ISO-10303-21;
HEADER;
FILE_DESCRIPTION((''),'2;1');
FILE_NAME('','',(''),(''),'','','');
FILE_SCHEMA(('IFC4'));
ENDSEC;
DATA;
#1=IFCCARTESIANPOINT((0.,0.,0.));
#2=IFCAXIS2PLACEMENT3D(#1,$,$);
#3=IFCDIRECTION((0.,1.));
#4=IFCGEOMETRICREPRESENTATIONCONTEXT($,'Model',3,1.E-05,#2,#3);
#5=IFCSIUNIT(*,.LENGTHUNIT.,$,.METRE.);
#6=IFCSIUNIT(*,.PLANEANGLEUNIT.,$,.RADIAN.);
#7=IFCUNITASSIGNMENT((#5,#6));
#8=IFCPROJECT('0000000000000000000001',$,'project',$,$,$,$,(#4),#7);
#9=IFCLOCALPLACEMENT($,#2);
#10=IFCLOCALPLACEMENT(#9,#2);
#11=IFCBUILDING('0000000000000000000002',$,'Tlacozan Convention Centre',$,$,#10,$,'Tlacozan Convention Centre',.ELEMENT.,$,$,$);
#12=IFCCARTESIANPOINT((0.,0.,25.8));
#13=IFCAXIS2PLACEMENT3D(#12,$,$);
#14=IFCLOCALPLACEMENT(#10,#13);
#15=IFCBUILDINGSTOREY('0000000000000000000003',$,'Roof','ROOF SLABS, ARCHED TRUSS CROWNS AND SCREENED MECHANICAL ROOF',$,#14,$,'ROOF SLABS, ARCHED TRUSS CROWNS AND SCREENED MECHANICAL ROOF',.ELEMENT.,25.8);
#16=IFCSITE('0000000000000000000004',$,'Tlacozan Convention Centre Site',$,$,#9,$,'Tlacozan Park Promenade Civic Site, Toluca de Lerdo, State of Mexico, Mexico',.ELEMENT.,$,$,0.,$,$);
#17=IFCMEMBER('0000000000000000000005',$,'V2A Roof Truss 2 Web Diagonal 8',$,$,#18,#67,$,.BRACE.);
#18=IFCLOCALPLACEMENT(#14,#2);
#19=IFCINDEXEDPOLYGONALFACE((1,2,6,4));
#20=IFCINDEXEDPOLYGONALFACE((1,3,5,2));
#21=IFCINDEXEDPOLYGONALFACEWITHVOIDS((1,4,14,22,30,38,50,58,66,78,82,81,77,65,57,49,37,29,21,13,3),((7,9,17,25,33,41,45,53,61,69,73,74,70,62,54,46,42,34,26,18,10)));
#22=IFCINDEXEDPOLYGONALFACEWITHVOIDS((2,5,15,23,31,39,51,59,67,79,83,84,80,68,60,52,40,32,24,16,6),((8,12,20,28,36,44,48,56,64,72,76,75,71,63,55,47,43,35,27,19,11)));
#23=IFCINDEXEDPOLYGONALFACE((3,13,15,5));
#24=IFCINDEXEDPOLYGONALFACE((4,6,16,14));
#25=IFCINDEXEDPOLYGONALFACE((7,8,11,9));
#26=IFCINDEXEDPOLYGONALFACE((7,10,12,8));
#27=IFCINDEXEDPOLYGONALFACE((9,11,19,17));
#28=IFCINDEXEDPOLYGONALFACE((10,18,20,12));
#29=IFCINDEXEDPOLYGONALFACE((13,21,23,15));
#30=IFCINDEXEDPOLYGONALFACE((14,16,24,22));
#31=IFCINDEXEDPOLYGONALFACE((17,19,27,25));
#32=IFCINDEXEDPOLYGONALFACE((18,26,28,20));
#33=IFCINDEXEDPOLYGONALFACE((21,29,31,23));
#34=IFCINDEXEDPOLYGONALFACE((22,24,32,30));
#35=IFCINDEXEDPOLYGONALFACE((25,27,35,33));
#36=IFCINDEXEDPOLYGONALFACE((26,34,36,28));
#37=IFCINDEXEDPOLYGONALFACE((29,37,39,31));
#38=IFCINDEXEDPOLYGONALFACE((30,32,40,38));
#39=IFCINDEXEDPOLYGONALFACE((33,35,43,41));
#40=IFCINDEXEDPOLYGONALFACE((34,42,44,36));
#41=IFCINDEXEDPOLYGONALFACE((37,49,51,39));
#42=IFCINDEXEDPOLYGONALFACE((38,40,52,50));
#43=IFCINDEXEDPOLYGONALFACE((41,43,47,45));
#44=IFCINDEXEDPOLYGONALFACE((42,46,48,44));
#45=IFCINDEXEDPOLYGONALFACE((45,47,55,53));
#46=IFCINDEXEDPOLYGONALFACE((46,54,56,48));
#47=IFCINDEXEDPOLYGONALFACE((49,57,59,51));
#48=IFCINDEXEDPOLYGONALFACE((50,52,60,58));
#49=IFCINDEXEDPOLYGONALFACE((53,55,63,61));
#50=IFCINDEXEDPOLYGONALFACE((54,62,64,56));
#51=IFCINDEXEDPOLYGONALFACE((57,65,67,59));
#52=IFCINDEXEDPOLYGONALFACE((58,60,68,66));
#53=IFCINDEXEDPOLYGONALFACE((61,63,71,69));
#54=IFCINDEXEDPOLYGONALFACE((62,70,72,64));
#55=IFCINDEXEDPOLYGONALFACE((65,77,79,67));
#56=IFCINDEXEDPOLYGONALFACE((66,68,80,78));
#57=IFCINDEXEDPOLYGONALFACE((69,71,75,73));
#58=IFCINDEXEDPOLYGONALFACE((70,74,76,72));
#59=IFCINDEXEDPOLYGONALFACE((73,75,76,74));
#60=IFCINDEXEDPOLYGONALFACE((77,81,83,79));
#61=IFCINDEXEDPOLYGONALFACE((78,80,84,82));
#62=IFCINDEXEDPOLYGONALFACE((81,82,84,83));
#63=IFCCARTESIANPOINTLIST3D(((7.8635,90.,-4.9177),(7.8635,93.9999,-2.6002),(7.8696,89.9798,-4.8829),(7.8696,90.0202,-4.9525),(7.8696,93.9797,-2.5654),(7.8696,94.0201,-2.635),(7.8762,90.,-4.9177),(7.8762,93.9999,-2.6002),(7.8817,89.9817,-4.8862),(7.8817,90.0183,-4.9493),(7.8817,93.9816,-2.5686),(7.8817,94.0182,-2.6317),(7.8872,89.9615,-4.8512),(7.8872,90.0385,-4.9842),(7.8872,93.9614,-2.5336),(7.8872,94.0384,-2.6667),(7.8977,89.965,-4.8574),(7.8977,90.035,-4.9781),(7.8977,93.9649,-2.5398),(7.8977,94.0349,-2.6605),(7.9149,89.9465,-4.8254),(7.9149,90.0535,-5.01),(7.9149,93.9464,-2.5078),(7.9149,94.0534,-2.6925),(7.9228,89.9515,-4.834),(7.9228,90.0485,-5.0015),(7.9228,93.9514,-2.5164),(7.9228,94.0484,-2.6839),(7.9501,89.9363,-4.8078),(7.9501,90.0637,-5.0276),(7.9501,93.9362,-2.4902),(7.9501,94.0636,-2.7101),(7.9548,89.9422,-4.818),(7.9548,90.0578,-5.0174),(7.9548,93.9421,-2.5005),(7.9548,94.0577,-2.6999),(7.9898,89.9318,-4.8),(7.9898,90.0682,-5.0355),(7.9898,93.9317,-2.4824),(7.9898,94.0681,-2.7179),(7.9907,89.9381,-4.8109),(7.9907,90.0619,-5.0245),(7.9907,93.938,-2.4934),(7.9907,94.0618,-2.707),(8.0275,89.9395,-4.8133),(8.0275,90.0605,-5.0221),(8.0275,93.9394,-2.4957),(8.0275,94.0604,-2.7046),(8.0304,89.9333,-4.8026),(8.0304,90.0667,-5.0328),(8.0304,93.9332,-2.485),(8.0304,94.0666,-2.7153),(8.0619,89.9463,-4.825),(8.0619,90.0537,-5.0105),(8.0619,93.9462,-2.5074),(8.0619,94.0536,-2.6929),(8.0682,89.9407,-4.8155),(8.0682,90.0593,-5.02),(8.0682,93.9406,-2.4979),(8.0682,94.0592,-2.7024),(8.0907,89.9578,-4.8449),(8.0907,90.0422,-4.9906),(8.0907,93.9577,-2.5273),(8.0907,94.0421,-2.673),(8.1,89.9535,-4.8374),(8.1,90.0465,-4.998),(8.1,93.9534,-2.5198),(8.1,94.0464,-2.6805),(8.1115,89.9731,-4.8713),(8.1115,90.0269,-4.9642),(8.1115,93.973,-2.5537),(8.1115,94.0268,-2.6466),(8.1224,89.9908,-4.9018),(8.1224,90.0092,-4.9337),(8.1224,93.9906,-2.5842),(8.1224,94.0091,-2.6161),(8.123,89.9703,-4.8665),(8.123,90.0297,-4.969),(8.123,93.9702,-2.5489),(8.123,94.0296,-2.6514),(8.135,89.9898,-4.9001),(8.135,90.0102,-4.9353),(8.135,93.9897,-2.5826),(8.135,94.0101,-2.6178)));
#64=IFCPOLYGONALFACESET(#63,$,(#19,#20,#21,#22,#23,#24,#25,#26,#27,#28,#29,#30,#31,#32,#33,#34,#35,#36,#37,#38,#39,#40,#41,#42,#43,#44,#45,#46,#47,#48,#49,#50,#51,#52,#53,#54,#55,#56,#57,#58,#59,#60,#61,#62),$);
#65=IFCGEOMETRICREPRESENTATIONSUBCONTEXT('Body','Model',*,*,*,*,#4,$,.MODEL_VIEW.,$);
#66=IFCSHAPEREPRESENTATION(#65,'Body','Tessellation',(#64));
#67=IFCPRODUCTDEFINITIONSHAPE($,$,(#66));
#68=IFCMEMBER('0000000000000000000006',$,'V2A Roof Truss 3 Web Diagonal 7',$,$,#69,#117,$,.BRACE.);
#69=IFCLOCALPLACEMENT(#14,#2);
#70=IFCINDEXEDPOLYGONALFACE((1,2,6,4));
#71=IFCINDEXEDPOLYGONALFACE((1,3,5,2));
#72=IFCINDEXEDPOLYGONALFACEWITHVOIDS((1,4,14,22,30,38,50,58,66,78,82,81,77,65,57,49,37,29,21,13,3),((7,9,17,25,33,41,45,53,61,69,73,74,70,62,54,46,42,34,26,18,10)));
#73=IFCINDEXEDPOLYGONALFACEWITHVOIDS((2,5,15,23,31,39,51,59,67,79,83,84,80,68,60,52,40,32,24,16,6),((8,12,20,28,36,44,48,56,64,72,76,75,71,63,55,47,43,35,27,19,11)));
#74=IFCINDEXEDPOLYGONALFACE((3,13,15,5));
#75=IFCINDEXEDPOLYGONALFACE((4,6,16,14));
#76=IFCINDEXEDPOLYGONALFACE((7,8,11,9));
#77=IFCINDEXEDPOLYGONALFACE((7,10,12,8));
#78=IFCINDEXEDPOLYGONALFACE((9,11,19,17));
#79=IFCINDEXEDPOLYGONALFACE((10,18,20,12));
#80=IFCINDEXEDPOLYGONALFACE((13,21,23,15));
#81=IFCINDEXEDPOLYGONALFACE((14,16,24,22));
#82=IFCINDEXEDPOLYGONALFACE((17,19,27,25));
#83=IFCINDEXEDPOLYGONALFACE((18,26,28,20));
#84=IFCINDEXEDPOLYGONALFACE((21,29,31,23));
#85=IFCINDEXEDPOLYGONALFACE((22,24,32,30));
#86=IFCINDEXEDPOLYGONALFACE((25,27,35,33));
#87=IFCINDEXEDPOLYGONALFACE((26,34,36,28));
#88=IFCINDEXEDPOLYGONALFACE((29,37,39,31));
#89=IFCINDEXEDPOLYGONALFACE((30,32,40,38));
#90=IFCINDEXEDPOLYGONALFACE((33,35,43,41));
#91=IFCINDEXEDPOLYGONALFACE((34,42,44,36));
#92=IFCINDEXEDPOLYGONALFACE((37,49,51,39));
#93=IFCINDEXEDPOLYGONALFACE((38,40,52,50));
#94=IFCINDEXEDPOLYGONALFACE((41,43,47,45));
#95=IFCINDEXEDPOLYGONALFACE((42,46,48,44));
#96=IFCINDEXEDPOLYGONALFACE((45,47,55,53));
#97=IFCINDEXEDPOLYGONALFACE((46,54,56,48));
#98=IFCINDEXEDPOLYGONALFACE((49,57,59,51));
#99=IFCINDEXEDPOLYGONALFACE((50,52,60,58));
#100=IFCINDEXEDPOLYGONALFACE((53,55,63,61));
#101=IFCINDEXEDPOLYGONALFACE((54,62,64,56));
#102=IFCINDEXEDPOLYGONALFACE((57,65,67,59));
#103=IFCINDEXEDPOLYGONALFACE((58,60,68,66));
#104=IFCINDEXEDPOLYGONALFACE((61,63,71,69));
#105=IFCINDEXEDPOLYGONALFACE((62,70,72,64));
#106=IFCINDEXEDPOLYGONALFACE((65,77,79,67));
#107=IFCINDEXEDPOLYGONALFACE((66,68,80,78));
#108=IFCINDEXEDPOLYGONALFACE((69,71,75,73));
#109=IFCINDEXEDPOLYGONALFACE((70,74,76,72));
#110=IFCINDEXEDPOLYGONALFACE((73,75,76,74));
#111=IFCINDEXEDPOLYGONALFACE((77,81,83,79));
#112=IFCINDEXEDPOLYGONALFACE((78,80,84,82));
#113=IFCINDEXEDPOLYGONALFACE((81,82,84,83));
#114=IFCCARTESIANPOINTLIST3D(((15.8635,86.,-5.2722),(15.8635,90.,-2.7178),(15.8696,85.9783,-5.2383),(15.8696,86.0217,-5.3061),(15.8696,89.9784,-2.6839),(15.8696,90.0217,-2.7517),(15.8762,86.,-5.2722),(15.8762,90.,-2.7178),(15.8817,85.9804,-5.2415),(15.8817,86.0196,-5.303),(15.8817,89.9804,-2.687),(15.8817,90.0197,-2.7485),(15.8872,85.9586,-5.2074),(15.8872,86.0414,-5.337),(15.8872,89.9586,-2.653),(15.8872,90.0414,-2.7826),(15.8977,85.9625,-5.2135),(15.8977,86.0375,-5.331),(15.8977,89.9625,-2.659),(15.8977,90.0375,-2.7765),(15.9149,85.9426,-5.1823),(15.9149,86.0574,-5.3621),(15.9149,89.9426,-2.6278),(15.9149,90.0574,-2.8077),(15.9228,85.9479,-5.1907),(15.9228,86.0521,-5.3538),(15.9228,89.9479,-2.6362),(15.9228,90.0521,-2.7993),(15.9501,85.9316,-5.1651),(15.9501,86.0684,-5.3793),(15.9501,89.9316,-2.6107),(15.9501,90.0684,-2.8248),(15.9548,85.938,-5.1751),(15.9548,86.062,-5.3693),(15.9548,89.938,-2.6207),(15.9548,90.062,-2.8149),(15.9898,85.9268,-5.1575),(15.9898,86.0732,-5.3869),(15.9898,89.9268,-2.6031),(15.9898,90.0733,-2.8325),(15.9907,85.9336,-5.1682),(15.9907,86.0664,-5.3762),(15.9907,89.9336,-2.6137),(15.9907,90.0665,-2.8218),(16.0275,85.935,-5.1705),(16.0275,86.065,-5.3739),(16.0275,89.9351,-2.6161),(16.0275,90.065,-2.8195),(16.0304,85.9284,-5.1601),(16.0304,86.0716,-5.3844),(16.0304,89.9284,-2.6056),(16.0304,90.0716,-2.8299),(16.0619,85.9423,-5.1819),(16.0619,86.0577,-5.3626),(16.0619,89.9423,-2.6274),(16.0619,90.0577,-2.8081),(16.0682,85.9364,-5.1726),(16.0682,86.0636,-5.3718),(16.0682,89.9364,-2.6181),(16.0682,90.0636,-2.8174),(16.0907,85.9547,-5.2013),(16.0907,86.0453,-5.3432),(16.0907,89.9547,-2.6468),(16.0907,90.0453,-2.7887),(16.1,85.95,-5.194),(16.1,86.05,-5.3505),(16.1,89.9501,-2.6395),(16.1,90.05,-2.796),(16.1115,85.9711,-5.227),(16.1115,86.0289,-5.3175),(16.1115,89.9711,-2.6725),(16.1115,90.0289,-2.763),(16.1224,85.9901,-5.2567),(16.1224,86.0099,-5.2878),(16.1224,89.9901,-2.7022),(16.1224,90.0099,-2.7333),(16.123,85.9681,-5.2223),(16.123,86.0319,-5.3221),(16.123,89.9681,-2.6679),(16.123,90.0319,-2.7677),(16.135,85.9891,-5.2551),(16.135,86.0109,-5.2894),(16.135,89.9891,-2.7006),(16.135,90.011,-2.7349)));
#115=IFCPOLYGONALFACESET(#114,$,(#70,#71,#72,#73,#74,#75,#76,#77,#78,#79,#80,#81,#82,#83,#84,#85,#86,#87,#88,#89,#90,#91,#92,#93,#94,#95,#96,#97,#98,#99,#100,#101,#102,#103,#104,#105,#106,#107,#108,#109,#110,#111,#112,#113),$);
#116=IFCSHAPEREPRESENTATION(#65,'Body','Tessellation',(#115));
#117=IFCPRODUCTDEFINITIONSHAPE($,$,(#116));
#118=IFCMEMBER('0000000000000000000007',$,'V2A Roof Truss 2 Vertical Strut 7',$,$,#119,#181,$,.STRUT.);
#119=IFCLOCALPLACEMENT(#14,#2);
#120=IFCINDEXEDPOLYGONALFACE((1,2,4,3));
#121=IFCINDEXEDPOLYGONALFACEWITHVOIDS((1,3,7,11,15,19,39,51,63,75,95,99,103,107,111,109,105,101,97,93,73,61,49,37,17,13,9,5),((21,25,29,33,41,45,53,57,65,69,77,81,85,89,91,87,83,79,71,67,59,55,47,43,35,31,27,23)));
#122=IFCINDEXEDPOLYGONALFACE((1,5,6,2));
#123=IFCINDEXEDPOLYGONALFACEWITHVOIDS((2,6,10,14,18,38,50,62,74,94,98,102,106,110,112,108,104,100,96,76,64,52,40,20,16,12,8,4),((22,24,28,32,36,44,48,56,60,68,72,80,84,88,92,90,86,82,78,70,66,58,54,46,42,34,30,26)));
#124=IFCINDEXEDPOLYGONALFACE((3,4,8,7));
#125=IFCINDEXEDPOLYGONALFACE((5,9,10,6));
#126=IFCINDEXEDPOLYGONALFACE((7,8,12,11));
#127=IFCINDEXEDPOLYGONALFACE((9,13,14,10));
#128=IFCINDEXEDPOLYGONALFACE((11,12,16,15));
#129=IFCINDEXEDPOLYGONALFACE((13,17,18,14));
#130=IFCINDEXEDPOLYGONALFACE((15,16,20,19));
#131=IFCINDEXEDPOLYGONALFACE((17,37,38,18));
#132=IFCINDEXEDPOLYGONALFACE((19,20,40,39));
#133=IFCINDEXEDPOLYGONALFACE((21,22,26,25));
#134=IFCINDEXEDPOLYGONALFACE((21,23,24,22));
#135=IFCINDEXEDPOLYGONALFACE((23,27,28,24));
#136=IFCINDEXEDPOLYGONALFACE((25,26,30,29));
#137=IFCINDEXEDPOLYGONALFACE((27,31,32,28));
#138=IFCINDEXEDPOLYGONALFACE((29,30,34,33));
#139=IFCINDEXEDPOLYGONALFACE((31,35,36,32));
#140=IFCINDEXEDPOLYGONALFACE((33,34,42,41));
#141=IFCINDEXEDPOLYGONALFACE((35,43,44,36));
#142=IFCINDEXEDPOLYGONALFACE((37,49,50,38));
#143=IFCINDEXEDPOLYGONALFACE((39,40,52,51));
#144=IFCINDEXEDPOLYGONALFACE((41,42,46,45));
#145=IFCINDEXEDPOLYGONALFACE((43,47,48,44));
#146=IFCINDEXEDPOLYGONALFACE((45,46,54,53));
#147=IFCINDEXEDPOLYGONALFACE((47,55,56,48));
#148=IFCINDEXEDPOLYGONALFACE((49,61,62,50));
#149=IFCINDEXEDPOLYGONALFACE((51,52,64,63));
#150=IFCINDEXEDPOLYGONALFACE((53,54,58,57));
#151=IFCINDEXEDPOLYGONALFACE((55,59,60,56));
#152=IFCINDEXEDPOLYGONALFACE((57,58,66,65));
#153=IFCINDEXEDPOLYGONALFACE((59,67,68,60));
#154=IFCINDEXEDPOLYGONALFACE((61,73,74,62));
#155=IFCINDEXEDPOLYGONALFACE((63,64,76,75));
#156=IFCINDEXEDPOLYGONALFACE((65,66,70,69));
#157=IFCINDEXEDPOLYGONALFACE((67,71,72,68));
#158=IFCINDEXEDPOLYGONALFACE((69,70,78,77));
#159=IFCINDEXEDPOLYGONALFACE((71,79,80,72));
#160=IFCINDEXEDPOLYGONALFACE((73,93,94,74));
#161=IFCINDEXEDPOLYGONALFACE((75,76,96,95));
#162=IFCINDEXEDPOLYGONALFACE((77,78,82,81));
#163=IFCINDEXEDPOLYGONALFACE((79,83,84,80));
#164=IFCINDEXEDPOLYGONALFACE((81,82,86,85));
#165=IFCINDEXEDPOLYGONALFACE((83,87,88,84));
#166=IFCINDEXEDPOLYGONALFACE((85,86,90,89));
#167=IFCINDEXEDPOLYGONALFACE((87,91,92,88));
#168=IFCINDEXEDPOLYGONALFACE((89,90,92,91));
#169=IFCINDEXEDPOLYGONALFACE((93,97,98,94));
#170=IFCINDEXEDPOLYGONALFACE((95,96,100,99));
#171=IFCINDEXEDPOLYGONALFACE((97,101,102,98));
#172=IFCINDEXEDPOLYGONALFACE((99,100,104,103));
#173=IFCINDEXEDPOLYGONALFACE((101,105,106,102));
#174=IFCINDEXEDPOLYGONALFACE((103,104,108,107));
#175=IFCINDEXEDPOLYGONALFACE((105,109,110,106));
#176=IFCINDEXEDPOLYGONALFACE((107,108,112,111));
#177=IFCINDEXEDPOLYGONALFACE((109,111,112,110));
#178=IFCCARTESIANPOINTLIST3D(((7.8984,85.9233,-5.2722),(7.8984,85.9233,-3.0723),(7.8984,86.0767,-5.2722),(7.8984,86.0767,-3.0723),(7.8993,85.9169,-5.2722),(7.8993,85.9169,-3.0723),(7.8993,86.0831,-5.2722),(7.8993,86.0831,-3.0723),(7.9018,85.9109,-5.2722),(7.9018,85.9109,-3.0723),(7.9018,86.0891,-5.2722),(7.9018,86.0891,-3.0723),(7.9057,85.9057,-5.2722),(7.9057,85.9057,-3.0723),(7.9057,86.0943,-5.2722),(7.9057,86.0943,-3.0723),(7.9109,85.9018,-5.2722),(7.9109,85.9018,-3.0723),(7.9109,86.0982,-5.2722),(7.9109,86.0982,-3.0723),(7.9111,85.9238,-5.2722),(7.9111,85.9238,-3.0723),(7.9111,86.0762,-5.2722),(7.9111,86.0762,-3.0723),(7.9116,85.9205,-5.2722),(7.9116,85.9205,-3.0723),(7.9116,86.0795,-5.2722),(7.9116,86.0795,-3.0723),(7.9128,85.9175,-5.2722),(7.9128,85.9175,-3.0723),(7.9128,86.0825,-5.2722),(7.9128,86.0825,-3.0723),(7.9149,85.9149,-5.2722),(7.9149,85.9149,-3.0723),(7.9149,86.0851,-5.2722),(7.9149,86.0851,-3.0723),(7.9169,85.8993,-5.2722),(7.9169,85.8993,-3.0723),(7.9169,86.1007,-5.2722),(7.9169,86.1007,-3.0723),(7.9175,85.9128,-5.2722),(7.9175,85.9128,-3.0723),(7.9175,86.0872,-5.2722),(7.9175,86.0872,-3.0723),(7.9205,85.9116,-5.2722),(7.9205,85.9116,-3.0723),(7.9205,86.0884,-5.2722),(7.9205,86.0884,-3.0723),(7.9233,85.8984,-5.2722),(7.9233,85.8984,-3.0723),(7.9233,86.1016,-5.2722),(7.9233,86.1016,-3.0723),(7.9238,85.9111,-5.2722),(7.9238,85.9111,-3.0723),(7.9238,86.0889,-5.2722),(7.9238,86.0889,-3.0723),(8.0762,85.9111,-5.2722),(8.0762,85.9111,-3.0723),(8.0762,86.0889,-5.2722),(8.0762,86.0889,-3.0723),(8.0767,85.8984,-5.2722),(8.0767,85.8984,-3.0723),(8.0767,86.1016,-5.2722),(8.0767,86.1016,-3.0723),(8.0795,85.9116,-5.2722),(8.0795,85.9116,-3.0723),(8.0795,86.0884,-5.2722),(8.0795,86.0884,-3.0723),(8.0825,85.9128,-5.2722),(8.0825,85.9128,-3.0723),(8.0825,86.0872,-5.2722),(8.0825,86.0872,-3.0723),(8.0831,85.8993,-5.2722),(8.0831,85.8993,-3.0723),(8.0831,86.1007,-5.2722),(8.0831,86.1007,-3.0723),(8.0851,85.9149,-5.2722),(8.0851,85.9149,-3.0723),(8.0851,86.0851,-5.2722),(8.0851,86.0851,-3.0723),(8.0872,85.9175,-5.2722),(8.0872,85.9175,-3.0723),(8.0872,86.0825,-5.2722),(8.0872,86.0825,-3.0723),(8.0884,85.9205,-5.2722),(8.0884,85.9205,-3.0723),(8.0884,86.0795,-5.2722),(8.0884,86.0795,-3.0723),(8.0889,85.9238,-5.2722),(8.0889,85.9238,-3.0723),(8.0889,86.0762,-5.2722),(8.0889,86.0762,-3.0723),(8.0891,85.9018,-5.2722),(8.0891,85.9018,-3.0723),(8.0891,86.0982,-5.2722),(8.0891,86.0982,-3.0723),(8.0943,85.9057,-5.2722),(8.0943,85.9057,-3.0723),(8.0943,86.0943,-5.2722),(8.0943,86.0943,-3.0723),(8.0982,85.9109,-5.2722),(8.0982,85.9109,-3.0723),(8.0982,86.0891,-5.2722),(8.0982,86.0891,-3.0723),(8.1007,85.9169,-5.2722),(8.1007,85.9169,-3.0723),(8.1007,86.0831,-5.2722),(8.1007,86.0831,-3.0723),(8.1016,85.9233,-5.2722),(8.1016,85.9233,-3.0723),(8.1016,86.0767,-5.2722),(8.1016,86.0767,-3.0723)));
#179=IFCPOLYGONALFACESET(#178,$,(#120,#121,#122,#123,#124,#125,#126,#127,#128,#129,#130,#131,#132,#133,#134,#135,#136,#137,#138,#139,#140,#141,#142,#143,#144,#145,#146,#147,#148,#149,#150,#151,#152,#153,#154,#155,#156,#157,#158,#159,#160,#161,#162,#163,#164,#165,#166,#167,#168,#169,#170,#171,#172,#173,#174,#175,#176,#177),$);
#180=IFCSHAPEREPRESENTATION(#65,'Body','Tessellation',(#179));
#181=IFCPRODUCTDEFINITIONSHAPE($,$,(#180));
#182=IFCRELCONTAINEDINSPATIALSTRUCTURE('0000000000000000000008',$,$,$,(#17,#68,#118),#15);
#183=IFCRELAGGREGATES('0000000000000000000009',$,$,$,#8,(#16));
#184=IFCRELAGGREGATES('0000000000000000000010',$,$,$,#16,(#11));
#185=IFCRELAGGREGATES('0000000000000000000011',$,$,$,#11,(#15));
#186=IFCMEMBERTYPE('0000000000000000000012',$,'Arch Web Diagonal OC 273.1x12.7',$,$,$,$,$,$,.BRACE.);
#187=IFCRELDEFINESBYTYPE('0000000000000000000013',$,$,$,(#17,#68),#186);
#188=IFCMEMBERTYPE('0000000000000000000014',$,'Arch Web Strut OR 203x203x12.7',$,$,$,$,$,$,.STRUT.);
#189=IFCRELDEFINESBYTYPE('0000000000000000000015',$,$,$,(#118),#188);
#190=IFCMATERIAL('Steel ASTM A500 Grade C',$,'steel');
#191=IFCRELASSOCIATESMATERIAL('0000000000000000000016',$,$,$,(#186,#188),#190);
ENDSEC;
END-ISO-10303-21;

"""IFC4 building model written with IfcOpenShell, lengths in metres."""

from ifc_helpers import new_model, si_unit, direction, frame, origin, origin_2d, place, context, subcontext, project, spatial, hollow_rectangle, hollow_circle, extrude, material, material_profile, profile_set, type_object, element, save


model = new_model("IFC4")

# Units and contexts
model_context = context("Model", 3, precision=1e-05, world=origin(), true_north=direction((0.0, 1.0)))
body_context = subcontext(model_context, "Body", "Model", "MODEL_VIEW")
ifc_project = project(units=[si_unit("LENGTHUNIT", "METRE"), si_unit("PLANEANGLEUNIT", "RADIAN")], contexts=[model_context])

# Site, building, storey
site_placement = place(None, origin())
site = spatial("IfcSite", under=ifc_project, at=site_placement, Name="Tlacozan Convention Centre Site", LongName="Tlacozan Park Promenade Civic Site, Toluca de Lerdo, State of Mexico, Mexico", CompositionType="ELEMENT", RefElevation=0.0)
building_placement = place(site_placement, origin())
building = spatial("IfcBuilding", under=site, at=building_placement, Name="Tlacozan Convention Centre", LongName="Tlacozan Convention Centre", CompositionType="ELEMENT")
storey_placement = place(building_placement, frame((0.0, 0.0, 25.8)))
storey = spatial("IfcBuildingStorey", under=building, at=storey_placement, Name="Roof", Description="ROOF SLABS, ARCHED TRUSS CROWNS AND SCREENED MECHANICAL ROOF", LongName="ROOF SLABS, ARCHED TRUSS CROWNS AND SCREENED MECHANICAL ROOF", CompositionType="ELEMENT", Elevation=25.8)

# Members
ifc_material_1 = material(Name="Steel ASTM A500 Grade C", Category="steel")
ifc_material_profile_1 = material_profile(ifc_material_1, hollow_circle(Radius=0.1365, WallThickness=0.0127, at=origin_2d()), Name="OC 273.1x12.7")
ifc_profile_set_1 = profile_set([ifc_material_profile_1], Name="Steel ASTM A500 Grade C")
member_type_1 = type_object("IfcMemberType", Name="Arch Web Diagonal OC 273.1x12.7", PredefinedType="BRACE", material=ifc_profile_set_1)
member_1_placement = place(storey_placement, frame((8.0, 90.0, -4.9177), z_axis=(0.0, 0.865254, 0.501334), x_axis=(-1.0, 0.0, 0.0)))
element("IfcMember", 1, at=member_1_placement, inside=storey, type_object=member_type_1, Name="V2A Roof Truss 2 Web Diagonal 8", PredefinedType="BRACE", context=body_context, shape_type="SweptSolid", body=[
    extrude(hollow_circle(Radius=0.1365, WallThickness=0.0127, at=origin_2d()), origin(), (0.0, 0.0, 1.0), 4.6228),
])
member_2_placement = place(storey_placement, frame((16.0, 86.0, -5.2722), z_axis=(0.0, 0.842803, 0.538223), x_axis=(-1.0, 0.0, 0.0)))
element("IfcMember", 2, at=member_2_placement, inside=storey, type_object=member_type_1, Name="V2A Roof Truss 3 Web Diagonal 7", PredefinedType="BRACE", context=body_context, shape_type="SweptSolid", body=[
    extrude(hollow_circle(Radius=0.1365, WallThickness=0.0127, at=origin_2d()), origin(), (0.0, 0.0, 1.0), 4.7461),
])
ifc_material_profile_2 = material_profile(ifc_material_1, hollow_rectangle(XDim=0.2031, YDim=0.2031, WallThickness=0.0127, InnerFilletRadius=0.0127, OuterFilletRadius=0.0249, at=origin_2d()), Name="OR 203x203x12.7")
ifc_profile_set_2 = profile_set([ifc_material_profile_2], Name="Steel ASTM A500 Grade C")
member_type_2 = type_object("IfcMemberType", Name="Arch Web Strut OR 203x203x12.7", PredefinedType="STRUT", material=ifc_profile_set_2)
for number, where, z_axis, x_axis, name in (
    (3, (8.0, 86.0, -5.2722), (0.0, 0.0, 1.0), (1.0, 0.0, 0.0), "V2A Roof Truss 2 Vertical Strut 7"),
):
    element("IfcMember", number, at=place(storey_placement, frame(where, z_axis=z_axis, x_axis=x_axis)), inside=storey, type_object=member_type_2, Name=name, PredefinedType="STRUT", context=body_context, shape_type="SweptSolid", body=[
        extrude(hollow_rectangle(XDim=0.2031, YDim=0.2031, WallThickness=0.0127, InnerFilletRadius=0.0127, OuterFilletRadius=0.0249, at=origin_2d()), origin(), (0.0, 0.0, 1.0), 2.2),
    ])

save(model, "model.ifc")
